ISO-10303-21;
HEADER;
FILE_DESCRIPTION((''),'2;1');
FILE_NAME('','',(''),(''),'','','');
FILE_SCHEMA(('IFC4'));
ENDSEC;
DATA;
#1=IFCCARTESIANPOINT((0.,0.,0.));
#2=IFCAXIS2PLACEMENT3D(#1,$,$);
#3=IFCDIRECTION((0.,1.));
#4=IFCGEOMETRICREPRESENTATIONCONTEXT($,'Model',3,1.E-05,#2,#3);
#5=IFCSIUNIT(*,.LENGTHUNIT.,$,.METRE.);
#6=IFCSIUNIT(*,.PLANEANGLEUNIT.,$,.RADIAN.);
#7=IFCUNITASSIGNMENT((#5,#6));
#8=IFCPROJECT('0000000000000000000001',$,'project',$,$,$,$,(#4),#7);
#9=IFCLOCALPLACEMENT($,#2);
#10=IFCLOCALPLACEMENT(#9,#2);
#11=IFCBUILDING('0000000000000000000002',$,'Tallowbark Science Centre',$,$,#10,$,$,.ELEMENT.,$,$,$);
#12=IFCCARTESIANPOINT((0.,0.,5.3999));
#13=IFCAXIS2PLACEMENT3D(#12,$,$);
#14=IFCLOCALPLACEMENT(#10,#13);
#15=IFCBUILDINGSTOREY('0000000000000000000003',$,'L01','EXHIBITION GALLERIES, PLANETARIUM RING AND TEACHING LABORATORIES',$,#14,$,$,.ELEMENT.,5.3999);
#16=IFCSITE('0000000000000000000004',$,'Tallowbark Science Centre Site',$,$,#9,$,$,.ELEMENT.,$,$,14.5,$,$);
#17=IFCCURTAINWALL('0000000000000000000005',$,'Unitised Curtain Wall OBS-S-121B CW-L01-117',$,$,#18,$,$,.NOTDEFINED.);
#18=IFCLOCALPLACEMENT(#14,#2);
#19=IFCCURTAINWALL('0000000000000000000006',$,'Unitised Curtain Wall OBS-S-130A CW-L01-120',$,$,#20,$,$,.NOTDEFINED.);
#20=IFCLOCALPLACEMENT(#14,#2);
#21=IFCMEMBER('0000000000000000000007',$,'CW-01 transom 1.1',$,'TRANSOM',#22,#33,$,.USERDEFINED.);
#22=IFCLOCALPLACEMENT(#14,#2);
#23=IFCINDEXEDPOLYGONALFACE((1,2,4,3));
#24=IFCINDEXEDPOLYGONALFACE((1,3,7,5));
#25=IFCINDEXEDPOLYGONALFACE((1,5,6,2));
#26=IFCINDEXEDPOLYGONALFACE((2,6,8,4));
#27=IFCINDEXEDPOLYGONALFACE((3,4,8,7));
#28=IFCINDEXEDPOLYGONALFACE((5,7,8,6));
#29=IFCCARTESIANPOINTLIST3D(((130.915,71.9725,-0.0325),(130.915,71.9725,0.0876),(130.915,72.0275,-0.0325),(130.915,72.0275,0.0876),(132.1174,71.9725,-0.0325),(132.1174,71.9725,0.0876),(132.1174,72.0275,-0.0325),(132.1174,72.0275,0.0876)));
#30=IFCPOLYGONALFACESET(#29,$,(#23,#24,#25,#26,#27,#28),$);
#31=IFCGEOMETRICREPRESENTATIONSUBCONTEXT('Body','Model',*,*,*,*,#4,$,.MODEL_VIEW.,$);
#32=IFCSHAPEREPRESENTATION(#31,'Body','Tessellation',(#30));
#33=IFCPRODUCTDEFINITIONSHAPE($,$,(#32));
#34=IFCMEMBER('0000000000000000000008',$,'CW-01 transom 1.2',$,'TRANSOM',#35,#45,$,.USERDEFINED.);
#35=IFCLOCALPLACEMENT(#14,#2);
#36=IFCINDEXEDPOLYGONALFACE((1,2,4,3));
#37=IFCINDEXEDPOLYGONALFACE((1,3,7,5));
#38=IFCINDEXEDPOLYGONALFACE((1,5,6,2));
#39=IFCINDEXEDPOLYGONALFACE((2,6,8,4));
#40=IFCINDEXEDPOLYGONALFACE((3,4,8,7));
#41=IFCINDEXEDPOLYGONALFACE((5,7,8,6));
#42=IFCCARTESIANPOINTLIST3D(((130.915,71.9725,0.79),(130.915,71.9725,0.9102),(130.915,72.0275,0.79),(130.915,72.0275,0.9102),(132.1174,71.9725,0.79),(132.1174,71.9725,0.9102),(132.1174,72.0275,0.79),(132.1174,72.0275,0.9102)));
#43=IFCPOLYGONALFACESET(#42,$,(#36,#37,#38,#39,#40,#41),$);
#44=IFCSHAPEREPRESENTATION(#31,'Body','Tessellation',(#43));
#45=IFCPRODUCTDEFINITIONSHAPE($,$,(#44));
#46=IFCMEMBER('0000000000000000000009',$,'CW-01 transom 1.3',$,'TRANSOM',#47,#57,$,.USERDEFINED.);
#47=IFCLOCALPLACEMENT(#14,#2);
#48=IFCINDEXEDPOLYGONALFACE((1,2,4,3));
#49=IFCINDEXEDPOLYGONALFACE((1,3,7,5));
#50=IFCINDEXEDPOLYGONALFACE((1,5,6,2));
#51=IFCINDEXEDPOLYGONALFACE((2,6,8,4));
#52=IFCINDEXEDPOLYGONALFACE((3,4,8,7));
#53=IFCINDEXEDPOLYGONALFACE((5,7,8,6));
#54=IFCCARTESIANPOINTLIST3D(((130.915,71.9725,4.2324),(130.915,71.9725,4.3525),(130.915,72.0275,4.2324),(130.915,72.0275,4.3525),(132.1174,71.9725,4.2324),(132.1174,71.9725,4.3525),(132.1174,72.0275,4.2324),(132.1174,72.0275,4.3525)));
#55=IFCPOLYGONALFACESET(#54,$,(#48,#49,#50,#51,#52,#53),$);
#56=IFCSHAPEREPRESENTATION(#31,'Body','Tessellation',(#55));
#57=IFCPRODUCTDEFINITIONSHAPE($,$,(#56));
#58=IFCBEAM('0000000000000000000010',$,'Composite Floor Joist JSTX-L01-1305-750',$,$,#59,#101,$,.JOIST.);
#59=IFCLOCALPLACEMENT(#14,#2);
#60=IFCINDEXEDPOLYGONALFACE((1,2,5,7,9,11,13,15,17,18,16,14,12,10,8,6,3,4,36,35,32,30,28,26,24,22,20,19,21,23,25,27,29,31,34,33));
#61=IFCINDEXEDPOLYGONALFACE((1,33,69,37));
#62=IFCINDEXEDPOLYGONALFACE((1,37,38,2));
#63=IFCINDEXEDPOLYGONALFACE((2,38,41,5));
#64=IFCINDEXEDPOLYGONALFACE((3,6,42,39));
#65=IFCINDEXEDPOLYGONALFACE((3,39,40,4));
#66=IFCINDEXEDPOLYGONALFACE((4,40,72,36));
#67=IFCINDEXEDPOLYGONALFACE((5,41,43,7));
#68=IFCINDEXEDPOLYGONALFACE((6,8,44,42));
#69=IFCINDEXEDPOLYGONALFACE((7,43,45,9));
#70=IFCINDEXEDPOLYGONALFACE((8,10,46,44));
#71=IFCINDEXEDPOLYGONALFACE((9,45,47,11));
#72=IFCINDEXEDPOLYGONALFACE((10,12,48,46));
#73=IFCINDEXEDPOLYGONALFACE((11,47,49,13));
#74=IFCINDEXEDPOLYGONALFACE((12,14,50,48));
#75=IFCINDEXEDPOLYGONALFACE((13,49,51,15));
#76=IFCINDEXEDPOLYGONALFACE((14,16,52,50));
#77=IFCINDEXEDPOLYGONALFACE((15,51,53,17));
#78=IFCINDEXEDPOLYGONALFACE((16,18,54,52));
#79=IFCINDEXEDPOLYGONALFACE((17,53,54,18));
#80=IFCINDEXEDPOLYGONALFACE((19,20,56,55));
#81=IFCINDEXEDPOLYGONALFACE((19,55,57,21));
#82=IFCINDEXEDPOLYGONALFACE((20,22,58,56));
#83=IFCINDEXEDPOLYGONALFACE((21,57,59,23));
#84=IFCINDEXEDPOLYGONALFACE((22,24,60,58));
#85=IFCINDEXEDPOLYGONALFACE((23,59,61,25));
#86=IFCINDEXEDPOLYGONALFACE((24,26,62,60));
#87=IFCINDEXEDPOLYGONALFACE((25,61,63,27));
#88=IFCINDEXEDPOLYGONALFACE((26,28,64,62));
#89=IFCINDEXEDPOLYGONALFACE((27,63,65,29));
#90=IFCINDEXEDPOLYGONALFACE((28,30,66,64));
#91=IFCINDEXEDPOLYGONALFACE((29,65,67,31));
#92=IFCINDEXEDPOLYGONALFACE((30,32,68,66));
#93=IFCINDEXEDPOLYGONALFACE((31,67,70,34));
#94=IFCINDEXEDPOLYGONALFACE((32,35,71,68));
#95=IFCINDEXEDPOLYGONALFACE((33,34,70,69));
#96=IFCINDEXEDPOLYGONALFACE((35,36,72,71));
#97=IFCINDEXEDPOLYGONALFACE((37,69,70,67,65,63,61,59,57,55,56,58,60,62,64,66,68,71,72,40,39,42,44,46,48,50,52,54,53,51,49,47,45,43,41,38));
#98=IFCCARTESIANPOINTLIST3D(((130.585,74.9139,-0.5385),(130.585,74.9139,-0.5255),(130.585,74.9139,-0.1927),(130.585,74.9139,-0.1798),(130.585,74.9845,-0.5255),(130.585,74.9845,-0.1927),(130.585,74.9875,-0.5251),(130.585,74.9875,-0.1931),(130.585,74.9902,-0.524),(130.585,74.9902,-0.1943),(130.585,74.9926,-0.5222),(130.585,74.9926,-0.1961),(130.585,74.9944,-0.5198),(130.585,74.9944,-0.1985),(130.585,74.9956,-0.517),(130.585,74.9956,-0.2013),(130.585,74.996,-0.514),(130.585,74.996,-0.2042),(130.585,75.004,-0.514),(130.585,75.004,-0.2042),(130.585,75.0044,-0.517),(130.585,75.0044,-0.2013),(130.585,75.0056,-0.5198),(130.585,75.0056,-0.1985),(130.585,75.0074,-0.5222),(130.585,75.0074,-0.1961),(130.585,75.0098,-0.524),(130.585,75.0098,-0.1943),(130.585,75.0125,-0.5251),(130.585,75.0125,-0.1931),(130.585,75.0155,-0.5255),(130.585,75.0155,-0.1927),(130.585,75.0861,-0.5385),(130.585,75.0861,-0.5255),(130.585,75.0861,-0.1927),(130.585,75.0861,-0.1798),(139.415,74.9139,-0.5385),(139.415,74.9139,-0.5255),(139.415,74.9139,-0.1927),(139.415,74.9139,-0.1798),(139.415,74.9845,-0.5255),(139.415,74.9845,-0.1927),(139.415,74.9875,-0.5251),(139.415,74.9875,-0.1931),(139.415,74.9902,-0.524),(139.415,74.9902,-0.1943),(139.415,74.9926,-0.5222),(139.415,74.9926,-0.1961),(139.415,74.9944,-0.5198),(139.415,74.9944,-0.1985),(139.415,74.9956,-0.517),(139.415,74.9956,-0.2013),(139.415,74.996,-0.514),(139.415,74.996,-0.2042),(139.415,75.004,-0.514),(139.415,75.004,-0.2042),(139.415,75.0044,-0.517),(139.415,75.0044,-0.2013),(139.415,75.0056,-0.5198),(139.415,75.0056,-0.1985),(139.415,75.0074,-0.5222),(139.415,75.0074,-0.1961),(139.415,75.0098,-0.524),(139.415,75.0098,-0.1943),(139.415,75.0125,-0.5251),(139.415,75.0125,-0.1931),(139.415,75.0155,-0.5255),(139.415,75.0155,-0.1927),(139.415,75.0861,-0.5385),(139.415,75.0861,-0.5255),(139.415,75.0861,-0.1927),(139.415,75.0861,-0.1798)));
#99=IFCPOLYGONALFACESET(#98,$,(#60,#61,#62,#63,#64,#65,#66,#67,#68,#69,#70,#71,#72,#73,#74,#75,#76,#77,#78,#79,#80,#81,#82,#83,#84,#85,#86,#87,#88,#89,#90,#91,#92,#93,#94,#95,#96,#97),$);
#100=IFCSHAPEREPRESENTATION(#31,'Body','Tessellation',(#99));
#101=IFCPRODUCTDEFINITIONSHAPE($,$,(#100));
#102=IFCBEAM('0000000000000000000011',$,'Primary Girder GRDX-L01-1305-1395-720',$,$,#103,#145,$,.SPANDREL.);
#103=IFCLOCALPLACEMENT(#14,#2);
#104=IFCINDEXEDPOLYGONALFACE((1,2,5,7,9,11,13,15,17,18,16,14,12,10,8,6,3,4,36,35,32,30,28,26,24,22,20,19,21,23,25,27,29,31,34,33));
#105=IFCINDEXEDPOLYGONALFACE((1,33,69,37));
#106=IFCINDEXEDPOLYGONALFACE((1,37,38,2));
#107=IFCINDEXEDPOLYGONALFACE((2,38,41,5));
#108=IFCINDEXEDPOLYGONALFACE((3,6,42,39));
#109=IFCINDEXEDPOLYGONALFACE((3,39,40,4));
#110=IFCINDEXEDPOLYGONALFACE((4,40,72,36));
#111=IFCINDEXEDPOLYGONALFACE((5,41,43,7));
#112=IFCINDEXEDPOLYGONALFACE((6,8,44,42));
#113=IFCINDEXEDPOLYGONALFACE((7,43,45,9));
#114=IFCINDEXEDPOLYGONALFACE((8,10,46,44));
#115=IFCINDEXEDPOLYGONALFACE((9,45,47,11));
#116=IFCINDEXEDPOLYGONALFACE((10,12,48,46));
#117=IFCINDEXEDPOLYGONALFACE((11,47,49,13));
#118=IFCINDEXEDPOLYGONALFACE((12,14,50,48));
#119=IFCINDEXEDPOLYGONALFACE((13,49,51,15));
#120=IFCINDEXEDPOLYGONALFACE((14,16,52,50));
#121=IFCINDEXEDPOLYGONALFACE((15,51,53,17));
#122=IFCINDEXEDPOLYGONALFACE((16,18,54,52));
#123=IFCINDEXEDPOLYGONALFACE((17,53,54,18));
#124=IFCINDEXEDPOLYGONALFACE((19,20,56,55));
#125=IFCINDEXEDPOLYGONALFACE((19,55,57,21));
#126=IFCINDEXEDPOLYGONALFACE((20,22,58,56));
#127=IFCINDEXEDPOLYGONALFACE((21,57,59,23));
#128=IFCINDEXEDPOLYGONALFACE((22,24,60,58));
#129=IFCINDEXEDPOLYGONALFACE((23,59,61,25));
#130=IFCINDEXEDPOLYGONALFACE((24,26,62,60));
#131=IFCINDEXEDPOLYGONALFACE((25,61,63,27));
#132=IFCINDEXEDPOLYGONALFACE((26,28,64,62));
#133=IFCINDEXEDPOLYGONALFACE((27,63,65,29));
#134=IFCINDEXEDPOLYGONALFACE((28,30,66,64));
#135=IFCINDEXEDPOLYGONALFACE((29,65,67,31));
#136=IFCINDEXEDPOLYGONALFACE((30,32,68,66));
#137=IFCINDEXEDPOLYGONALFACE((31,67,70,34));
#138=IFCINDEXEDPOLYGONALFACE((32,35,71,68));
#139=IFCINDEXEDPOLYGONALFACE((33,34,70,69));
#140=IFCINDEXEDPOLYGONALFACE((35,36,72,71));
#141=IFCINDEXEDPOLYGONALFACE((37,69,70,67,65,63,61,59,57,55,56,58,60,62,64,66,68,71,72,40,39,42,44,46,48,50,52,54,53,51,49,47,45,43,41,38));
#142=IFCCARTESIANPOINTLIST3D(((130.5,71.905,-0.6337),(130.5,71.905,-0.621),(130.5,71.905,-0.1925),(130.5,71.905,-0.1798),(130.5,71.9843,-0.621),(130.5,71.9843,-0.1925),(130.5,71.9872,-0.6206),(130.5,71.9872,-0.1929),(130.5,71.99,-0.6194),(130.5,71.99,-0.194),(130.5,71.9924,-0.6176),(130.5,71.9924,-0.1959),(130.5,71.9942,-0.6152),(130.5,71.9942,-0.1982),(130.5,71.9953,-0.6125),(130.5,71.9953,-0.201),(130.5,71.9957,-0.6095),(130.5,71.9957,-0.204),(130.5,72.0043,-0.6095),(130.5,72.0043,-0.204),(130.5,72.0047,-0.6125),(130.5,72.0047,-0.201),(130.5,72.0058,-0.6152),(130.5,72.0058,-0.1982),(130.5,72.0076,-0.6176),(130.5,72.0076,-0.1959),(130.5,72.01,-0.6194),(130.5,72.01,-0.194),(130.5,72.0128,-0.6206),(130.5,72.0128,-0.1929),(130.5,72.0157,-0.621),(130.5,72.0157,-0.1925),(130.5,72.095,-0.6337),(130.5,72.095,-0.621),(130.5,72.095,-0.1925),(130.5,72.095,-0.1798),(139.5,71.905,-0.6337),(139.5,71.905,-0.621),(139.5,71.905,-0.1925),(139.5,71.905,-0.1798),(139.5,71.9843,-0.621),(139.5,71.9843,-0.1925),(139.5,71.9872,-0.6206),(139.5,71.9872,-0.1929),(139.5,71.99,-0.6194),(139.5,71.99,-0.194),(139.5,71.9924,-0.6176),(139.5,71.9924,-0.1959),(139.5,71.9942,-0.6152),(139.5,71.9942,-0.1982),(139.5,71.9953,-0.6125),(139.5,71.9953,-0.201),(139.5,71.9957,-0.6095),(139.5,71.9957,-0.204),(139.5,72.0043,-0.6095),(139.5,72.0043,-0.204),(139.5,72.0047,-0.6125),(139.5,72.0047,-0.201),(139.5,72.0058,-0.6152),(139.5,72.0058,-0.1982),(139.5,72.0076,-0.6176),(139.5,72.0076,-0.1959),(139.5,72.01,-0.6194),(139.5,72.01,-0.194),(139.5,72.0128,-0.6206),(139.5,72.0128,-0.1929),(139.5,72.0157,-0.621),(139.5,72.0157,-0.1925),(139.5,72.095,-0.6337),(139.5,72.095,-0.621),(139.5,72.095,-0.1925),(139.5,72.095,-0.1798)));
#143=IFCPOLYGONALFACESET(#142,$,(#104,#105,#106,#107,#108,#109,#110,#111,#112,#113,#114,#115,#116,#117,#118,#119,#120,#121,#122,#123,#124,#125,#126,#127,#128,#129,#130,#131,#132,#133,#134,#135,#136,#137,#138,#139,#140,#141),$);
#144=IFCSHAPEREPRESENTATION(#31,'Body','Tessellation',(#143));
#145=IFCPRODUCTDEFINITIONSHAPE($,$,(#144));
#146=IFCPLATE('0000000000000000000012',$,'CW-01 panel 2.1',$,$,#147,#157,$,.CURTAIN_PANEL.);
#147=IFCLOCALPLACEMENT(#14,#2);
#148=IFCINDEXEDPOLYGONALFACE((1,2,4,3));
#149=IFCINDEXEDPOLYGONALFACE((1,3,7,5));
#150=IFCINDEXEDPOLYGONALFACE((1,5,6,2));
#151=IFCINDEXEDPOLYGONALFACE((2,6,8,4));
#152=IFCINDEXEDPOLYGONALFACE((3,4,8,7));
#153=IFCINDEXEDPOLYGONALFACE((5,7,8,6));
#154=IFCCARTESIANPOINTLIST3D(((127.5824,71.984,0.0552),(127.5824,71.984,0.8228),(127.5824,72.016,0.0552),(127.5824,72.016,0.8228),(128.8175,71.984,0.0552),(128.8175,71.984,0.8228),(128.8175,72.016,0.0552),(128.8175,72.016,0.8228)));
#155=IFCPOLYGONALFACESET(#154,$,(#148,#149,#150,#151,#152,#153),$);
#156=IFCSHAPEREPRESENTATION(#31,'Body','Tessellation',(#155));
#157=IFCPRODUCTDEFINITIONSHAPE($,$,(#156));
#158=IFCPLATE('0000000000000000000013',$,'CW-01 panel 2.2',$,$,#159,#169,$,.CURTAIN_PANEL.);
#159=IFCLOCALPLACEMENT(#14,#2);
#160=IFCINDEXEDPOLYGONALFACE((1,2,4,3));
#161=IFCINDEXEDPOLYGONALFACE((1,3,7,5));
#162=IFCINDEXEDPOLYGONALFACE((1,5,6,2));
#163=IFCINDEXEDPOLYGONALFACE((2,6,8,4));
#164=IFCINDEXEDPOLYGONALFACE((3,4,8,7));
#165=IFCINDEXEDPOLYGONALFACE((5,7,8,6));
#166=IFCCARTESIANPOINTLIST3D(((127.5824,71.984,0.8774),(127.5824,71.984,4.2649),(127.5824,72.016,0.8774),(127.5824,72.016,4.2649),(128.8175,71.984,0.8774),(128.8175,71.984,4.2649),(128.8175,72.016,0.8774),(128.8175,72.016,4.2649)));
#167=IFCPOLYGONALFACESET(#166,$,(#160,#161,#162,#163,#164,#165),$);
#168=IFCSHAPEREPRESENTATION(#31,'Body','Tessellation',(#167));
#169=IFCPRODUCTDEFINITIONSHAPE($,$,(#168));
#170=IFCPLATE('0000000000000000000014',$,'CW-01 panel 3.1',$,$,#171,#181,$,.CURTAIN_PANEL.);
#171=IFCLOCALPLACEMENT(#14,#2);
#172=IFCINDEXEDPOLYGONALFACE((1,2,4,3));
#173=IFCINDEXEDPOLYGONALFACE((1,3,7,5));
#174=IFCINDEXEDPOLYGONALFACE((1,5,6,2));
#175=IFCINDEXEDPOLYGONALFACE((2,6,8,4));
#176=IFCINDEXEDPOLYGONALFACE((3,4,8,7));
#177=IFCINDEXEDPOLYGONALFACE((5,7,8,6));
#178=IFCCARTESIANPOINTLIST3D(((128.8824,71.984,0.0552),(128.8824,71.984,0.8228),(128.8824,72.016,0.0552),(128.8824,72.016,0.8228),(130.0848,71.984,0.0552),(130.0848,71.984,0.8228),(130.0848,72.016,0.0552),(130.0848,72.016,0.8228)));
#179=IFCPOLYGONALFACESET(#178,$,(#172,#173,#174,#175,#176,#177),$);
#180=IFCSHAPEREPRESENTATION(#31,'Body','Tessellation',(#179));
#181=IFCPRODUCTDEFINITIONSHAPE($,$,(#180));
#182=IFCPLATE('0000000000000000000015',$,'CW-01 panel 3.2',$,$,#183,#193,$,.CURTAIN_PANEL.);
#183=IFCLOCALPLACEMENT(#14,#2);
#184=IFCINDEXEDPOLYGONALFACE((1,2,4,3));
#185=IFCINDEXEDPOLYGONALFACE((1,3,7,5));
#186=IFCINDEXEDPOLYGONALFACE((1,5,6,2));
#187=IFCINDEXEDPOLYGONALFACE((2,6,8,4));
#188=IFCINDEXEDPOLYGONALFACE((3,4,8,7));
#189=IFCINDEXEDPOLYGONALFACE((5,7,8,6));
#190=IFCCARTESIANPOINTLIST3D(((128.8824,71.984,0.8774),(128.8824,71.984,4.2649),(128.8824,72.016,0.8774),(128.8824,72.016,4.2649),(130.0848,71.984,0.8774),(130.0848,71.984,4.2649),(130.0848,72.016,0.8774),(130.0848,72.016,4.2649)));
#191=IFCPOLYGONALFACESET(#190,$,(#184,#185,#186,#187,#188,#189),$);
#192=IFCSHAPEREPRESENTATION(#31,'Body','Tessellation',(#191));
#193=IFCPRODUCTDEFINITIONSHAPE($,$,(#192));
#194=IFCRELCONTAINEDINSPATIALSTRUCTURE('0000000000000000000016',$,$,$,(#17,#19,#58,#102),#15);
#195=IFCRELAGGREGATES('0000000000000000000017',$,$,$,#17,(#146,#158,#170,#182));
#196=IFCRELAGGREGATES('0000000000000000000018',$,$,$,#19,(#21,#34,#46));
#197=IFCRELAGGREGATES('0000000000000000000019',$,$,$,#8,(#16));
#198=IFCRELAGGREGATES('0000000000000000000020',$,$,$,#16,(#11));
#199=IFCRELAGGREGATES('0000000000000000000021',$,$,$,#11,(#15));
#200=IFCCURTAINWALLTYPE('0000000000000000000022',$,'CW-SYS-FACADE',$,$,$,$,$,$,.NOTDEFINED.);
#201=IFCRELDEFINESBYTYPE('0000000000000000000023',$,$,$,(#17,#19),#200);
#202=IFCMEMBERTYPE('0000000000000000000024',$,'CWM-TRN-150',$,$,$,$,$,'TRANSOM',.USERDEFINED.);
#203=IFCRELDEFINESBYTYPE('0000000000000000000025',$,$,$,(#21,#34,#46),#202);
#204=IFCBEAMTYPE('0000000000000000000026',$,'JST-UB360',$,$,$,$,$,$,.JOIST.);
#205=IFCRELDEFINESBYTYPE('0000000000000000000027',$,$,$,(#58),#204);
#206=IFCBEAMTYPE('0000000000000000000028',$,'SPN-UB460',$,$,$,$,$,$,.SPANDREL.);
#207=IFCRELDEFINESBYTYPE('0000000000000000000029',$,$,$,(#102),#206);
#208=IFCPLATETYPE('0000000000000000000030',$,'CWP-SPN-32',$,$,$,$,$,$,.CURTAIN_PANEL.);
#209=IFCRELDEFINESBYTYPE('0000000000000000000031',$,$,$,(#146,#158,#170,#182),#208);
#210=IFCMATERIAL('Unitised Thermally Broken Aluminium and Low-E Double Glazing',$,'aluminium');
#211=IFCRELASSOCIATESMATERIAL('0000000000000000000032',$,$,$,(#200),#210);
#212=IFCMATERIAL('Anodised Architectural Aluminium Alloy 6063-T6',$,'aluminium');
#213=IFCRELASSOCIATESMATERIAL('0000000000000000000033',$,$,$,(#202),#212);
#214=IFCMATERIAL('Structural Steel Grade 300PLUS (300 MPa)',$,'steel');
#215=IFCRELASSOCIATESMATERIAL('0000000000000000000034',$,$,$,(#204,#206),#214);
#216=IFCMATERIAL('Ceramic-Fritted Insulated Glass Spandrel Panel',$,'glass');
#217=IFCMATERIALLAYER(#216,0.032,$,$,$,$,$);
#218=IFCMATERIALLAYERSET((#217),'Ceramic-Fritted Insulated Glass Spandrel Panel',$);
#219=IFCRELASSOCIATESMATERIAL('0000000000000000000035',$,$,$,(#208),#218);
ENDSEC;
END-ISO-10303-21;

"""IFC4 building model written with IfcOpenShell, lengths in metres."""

from ifc_helpers import new_model, si_unit, direction, frame, origin, origin_2d, place, context, subcontext, project, spatial, rectangle, i_section, extrude, material, layer, layer_set, material_profile, profile_set, type_object, element, aggregate, save


model = new_model("IFC4")

# Units and contexts
model_context = context("Model", 3, precision=1e-05, world=origin(), true_north=direction((0.0, 1.0)))
body_context = subcontext(model_context, "Body", "Model", "MODEL_VIEW")
ifc_project = project(units=[si_unit("LENGTHUNIT", "METRE"), si_unit("PLANEANGLEUNIT", "RADIAN")], contexts=[model_context])

# Site, building, storey
site_placement = place(None, origin())
site = spatial("IfcSite", under=ifc_project, at=site_placement, Name="Tallowbark Science Centre Site", CompositionType="ELEMENT", RefElevation=14.5)
building_placement = place(site_placement, origin())
building = spatial("IfcBuilding", under=site, at=building_placement, Name="Tallowbark Science Centre", CompositionType="ELEMENT")
storey_placement = place(building_placement, frame((0.0, 0.0, 5.3999)))
storey = spatial("IfcBuildingStorey", under=building, at=storey_placement, Name="L01", Description="EXHIBITION GALLERIES, PLANETARIUM RING AND TEACHING LABORATORIES", CompositionType="ELEMENT", Elevation=5.3999)

# Shared definitions
ifc_material_1 = material(Name="Structural Steel Grade 300PLUS (300 MPa)", Category="steel")

# Curtain wall
ifc_material_2 = material(Name="Unitised Thermally Broken Aluminium and Low-E Double Glazing", Category="aluminium")
curtain_wall_type = type_object("IfcCurtainWallType", Name="CW-SYS-FACADE", PredefinedType="NOTDEFINED", material=ifc_material_2)
curtain_wall_1_placement = place(storey_placement, origin())
curtain_wall_1 = element("IfcCurtainWall", 1, at=curtain_wall_1_placement, inside=storey, type_object=curtain_wall_type, Name="Unitised Curtain Wall OBS-S-121B CW-L01-117", PredefinedType="NOTDEFINED")
ifc_material_3 = material(Name="Anodised Architectural Aluminium Alloy 6063-T6", Category="aluminium")

# Curtain wall
curtain_wall_2_placement = place(storey_placement, origin())
curtain_wall_2 = element("IfcCurtainWall", 2, at=curtain_wall_2_placement, inside=storey, type_object=curtain_wall_type, Name="Unitised Curtain Wall OBS-S-130A CW-L01-120", PredefinedType="NOTDEFINED")

# Members
ifc_material_profile_1 = material_profile(ifc_material_3, rectangle(XDim=0.0549, YDim=0.1201, at=origin_2d()), Name="ALU55x120")
ifc_profile_set_1 = profile_set([ifc_material_profile_1], Name="Anodised Architectural Aluminium Alloy 6063-T6")
member_type_1 = type_object("IfcMemberType", Name="CWM-TRN-150", ElementType="TRANSOM", PredefinedType="USERDEFINED", material=ifc_profile_set_1)
member_1_placement = place(storey_placement, frame((130.915, 72.0, 0.0276), z_axis=(1.0, 0.0, 0.0), x_axis=(0.0, 1.0, 0.0)))
member_1 = element("IfcMember", 3, at=member_1_placement, type_object=member_type_1, Name="CW-01 transom 1.1", ObjectType="TRANSOM", PredefinedType="USERDEFINED", context=body_context, shape_type="SweptSolid", body=[
    extrude(rectangle(XDim=0.0549, YDim=0.1201, at=origin_2d()), origin(), (0.0, 0.0, 1.0), 1.2024),
])
member_2_placement = place(storey_placement, frame((130.915, 72.0, 0.8501), z_axis=(1.0, 0.0, 0.0), x_axis=(0.0, 1.0, 0.0)))
member_2 = element("IfcMember", 4, at=member_2_placement, type_object=member_type_1, Name="CW-01 transom 1.2", ObjectType="TRANSOM", PredefinedType="USERDEFINED", context=body_context, shape_type="SweptSolid", body=[
    extrude(rectangle(XDim=0.0549, YDim=0.1201, at=origin_2d()), origin(), (0.0, 0.0, 1.0), 1.2024),
])
member_3_placement = place(storey_placement, frame((130.915, 72.0, 4.2925), z_axis=(1.0, 0.0, 0.0), x_axis=(0.0, 1.0, 0.0)))
member_3 = element("IfcMember", 5, at=member_3_placement, type_object=member_type_1, Name="CW-01 transom 1.3", ObjectType="TRANSOM", PredefinedType="USERDEFINED", context=body_context, shape_type="SweptSolid", body=[
    extrude(rectangle(XDim=0.0549, YDim=0.1201, at=origin_2d()), origin(), (0.0, 0.0, 1.0), 1.2024),
])

# Beams
ifc_material_profile_2 = material_profile(ifc_material_1, i_section(OverallWidth=0.1721, OverallDepth=0.3586, WebThickness=0.0081, FlangeThickness=0.0129, FilletRadius=0.0115, at=origin_2d()), Name="360UB56.7")
ifc_profile_set_2 = profile_set([ifc_material_profile_2], Name="Structural Steel Grade 300PLUS (300 MPa)")
beam_type_1 = type_object("IfcBeamType", Name="JST-UB360", PredefinedType="JOIST", material=ifc_profile_set_2)
beam_1_placement = place(storey_placement, frame((130.585, 75.0, -0.3591), z_axis=(1.0, 0.0, 0.0), x_axis=(0.0, 1.0, 0.0)))
element("IfcBeam", 6, at=beam_1_placement, inside=storey, type_object=beam_type_1, Name="Composite Floor Joist JSTX-L01-1305-750", PredefinedType="JOIST", context=body_context, shape_type="SweptSolid", body=[
    extrude(i_section(OverallWidth=0.1721, OverallDepth=0.3586, WebThickness=0.0081, FlangeThickness=0.0129, FilletRadius=0.0115, at=origin_2d()), origin(), (0.0, 0.0, 1.0), 8.8301),
])
ifc_material_profile_3 = material_profile(ifc_material_1, i_section(OverallWidth=0.1899, OverallDepth=0.4539, WebThickness=0.0085, FlangeThickness=0.0127, FilletRadius=0.0115, at=origin_2d()), Name="460UB67.1")
ifc_profile_set_3 = profile_set([ifc_material_profile_3], Name="Structural Steel Grade 300PLUS (300 MPa)")
beam_type_2 = type_object("IfcBeamType", Name="SPN-UB460", PredefinedType="SPANDREL", material=ifc_profile_set_3)
beam_2_placement = place(storey_placement, frame((130.5, 72.0, -0.4067), z_axis=(1.0, 0.0, 0.0), x_axis=(0.0, 1.0, 0.0)))
element("IfcBeam", 7, at=beam_2_placement, inside=storey, type_object=beam_type_2, Name="Primary Girder GRDX-L01-1305-1395-720", PredefinedType="SPANDREL", context=body_context, shape_type="SweptSolid", body=[
    extrude(i_section(OverallWidth=0.1899, OverallDepth=0.4539, WebThickness=0.0085, FlangeThickness=0.0127, FilletRadius=0.0115, at=origin_2d()), origin(), (0.0, 0.0, 1.0), 9.0),
])

# Plates
ifc_material_4 = material(Name="Ceramic-Fritted Insulated Glass Spandrel Panel", Category="glass")
ifc_layer_1 = layer(ifc_material_4, 0.032)
ifc_layer_set_1 = layer_set([ifc_layer_1], Name="Ceramic-Fritted Insulated Glass Spandrel Panel")
plate_type = type_object("IfcPlateType", Name="CWP-SPN-32", PredefinedType="CURTAIN_PANEL", material=ifc_layer_set_1)
plate_1_placement = place(storey_placement, frame((128.2, 72.0, 0.0552), z_axis=(0.0, 0.0, 1.0), x_axis=(1.0, 0.0, 0.0)))
plate_1 = element("IfcPlate", 8, at=plate_1_placement, type_object=plate_type, Name="CW-01 panel 2.1", PredefinedType="CURTAIN_PANEL", context=body_context, shape_type="SweptSolid", body=[
    extrude(rectangle(XDim=1.2351, YDim=0.032, at=origin_2d()), origin(), (0.0, 0.0, 1.0), 0.7676),
])
plate_2_placement = place(storey_placement, frame((128.2, 72.0, 0.8774), z_axis=(0.0, 0.0, 1.0), x_axis=(1.0, 0.0, 0.0)))
plate_2 = element("IfcPlate", 9, at=plate_2_placement, type_object=plate_type, Name="CW-01 panel 2.2", PredefinedType="CURTAIN_PANEL", context=body_context, shape_type="SweptSolid", body=[
    extrude(rectangle(XDim=1.2351, YDim=0.032, at=origin_2d()), origin(), (0.0, 0.0, 1.0), 3.3875),
])
plate_3_placement = place(storey_placement, frame((129.4836, 72.0, 0.0552), z_axis=(0.0, 0.0, 1.0), x_axis=(1.0, 0.0, 0.0)))
plate_3 = element("IfcPlate", 10, at=plate_3_placement, type_object=plate_type, Name="CW-01 panel 3.1", PredefinedType="CURTAIN_PANEL", context=body_context, shape_type="SweptSolid", body=[
    extrude(rectangle(XDim=1.2024, YDim=0.032, at=origin_2d()), origin(), (0.0, 0.0, 1.0), 0.7676),
])
plate_4_placement = place(storey_placement, frame((129.4836, 72.0, 0.8774), z_axis=(0.0, 0.0, 1.0), x_axis=(1.0, 0.0, 0.0)))
plate_4 = element("IfcPlate", 11, at=plate_4_placement, type_object=plate_type, Name="CW-01 panel 3.2", PredefinedType="CURTAIN_PANEL", context=body_context, shape_type="SweptSolid", body=[
    extrude(rectangle(XDim=1.2024, YDim=0.032, at=origin_2d()), origin(), (0.0, 0.0, 1.0), 3.3875),
])
aggregate(curtain_wall_1, [plate_1, plate_2, plate_3, plate_4])
aggregate(curtain_wall_2, [member_1, member_2, member_3])

save(model, "model.ifc")
